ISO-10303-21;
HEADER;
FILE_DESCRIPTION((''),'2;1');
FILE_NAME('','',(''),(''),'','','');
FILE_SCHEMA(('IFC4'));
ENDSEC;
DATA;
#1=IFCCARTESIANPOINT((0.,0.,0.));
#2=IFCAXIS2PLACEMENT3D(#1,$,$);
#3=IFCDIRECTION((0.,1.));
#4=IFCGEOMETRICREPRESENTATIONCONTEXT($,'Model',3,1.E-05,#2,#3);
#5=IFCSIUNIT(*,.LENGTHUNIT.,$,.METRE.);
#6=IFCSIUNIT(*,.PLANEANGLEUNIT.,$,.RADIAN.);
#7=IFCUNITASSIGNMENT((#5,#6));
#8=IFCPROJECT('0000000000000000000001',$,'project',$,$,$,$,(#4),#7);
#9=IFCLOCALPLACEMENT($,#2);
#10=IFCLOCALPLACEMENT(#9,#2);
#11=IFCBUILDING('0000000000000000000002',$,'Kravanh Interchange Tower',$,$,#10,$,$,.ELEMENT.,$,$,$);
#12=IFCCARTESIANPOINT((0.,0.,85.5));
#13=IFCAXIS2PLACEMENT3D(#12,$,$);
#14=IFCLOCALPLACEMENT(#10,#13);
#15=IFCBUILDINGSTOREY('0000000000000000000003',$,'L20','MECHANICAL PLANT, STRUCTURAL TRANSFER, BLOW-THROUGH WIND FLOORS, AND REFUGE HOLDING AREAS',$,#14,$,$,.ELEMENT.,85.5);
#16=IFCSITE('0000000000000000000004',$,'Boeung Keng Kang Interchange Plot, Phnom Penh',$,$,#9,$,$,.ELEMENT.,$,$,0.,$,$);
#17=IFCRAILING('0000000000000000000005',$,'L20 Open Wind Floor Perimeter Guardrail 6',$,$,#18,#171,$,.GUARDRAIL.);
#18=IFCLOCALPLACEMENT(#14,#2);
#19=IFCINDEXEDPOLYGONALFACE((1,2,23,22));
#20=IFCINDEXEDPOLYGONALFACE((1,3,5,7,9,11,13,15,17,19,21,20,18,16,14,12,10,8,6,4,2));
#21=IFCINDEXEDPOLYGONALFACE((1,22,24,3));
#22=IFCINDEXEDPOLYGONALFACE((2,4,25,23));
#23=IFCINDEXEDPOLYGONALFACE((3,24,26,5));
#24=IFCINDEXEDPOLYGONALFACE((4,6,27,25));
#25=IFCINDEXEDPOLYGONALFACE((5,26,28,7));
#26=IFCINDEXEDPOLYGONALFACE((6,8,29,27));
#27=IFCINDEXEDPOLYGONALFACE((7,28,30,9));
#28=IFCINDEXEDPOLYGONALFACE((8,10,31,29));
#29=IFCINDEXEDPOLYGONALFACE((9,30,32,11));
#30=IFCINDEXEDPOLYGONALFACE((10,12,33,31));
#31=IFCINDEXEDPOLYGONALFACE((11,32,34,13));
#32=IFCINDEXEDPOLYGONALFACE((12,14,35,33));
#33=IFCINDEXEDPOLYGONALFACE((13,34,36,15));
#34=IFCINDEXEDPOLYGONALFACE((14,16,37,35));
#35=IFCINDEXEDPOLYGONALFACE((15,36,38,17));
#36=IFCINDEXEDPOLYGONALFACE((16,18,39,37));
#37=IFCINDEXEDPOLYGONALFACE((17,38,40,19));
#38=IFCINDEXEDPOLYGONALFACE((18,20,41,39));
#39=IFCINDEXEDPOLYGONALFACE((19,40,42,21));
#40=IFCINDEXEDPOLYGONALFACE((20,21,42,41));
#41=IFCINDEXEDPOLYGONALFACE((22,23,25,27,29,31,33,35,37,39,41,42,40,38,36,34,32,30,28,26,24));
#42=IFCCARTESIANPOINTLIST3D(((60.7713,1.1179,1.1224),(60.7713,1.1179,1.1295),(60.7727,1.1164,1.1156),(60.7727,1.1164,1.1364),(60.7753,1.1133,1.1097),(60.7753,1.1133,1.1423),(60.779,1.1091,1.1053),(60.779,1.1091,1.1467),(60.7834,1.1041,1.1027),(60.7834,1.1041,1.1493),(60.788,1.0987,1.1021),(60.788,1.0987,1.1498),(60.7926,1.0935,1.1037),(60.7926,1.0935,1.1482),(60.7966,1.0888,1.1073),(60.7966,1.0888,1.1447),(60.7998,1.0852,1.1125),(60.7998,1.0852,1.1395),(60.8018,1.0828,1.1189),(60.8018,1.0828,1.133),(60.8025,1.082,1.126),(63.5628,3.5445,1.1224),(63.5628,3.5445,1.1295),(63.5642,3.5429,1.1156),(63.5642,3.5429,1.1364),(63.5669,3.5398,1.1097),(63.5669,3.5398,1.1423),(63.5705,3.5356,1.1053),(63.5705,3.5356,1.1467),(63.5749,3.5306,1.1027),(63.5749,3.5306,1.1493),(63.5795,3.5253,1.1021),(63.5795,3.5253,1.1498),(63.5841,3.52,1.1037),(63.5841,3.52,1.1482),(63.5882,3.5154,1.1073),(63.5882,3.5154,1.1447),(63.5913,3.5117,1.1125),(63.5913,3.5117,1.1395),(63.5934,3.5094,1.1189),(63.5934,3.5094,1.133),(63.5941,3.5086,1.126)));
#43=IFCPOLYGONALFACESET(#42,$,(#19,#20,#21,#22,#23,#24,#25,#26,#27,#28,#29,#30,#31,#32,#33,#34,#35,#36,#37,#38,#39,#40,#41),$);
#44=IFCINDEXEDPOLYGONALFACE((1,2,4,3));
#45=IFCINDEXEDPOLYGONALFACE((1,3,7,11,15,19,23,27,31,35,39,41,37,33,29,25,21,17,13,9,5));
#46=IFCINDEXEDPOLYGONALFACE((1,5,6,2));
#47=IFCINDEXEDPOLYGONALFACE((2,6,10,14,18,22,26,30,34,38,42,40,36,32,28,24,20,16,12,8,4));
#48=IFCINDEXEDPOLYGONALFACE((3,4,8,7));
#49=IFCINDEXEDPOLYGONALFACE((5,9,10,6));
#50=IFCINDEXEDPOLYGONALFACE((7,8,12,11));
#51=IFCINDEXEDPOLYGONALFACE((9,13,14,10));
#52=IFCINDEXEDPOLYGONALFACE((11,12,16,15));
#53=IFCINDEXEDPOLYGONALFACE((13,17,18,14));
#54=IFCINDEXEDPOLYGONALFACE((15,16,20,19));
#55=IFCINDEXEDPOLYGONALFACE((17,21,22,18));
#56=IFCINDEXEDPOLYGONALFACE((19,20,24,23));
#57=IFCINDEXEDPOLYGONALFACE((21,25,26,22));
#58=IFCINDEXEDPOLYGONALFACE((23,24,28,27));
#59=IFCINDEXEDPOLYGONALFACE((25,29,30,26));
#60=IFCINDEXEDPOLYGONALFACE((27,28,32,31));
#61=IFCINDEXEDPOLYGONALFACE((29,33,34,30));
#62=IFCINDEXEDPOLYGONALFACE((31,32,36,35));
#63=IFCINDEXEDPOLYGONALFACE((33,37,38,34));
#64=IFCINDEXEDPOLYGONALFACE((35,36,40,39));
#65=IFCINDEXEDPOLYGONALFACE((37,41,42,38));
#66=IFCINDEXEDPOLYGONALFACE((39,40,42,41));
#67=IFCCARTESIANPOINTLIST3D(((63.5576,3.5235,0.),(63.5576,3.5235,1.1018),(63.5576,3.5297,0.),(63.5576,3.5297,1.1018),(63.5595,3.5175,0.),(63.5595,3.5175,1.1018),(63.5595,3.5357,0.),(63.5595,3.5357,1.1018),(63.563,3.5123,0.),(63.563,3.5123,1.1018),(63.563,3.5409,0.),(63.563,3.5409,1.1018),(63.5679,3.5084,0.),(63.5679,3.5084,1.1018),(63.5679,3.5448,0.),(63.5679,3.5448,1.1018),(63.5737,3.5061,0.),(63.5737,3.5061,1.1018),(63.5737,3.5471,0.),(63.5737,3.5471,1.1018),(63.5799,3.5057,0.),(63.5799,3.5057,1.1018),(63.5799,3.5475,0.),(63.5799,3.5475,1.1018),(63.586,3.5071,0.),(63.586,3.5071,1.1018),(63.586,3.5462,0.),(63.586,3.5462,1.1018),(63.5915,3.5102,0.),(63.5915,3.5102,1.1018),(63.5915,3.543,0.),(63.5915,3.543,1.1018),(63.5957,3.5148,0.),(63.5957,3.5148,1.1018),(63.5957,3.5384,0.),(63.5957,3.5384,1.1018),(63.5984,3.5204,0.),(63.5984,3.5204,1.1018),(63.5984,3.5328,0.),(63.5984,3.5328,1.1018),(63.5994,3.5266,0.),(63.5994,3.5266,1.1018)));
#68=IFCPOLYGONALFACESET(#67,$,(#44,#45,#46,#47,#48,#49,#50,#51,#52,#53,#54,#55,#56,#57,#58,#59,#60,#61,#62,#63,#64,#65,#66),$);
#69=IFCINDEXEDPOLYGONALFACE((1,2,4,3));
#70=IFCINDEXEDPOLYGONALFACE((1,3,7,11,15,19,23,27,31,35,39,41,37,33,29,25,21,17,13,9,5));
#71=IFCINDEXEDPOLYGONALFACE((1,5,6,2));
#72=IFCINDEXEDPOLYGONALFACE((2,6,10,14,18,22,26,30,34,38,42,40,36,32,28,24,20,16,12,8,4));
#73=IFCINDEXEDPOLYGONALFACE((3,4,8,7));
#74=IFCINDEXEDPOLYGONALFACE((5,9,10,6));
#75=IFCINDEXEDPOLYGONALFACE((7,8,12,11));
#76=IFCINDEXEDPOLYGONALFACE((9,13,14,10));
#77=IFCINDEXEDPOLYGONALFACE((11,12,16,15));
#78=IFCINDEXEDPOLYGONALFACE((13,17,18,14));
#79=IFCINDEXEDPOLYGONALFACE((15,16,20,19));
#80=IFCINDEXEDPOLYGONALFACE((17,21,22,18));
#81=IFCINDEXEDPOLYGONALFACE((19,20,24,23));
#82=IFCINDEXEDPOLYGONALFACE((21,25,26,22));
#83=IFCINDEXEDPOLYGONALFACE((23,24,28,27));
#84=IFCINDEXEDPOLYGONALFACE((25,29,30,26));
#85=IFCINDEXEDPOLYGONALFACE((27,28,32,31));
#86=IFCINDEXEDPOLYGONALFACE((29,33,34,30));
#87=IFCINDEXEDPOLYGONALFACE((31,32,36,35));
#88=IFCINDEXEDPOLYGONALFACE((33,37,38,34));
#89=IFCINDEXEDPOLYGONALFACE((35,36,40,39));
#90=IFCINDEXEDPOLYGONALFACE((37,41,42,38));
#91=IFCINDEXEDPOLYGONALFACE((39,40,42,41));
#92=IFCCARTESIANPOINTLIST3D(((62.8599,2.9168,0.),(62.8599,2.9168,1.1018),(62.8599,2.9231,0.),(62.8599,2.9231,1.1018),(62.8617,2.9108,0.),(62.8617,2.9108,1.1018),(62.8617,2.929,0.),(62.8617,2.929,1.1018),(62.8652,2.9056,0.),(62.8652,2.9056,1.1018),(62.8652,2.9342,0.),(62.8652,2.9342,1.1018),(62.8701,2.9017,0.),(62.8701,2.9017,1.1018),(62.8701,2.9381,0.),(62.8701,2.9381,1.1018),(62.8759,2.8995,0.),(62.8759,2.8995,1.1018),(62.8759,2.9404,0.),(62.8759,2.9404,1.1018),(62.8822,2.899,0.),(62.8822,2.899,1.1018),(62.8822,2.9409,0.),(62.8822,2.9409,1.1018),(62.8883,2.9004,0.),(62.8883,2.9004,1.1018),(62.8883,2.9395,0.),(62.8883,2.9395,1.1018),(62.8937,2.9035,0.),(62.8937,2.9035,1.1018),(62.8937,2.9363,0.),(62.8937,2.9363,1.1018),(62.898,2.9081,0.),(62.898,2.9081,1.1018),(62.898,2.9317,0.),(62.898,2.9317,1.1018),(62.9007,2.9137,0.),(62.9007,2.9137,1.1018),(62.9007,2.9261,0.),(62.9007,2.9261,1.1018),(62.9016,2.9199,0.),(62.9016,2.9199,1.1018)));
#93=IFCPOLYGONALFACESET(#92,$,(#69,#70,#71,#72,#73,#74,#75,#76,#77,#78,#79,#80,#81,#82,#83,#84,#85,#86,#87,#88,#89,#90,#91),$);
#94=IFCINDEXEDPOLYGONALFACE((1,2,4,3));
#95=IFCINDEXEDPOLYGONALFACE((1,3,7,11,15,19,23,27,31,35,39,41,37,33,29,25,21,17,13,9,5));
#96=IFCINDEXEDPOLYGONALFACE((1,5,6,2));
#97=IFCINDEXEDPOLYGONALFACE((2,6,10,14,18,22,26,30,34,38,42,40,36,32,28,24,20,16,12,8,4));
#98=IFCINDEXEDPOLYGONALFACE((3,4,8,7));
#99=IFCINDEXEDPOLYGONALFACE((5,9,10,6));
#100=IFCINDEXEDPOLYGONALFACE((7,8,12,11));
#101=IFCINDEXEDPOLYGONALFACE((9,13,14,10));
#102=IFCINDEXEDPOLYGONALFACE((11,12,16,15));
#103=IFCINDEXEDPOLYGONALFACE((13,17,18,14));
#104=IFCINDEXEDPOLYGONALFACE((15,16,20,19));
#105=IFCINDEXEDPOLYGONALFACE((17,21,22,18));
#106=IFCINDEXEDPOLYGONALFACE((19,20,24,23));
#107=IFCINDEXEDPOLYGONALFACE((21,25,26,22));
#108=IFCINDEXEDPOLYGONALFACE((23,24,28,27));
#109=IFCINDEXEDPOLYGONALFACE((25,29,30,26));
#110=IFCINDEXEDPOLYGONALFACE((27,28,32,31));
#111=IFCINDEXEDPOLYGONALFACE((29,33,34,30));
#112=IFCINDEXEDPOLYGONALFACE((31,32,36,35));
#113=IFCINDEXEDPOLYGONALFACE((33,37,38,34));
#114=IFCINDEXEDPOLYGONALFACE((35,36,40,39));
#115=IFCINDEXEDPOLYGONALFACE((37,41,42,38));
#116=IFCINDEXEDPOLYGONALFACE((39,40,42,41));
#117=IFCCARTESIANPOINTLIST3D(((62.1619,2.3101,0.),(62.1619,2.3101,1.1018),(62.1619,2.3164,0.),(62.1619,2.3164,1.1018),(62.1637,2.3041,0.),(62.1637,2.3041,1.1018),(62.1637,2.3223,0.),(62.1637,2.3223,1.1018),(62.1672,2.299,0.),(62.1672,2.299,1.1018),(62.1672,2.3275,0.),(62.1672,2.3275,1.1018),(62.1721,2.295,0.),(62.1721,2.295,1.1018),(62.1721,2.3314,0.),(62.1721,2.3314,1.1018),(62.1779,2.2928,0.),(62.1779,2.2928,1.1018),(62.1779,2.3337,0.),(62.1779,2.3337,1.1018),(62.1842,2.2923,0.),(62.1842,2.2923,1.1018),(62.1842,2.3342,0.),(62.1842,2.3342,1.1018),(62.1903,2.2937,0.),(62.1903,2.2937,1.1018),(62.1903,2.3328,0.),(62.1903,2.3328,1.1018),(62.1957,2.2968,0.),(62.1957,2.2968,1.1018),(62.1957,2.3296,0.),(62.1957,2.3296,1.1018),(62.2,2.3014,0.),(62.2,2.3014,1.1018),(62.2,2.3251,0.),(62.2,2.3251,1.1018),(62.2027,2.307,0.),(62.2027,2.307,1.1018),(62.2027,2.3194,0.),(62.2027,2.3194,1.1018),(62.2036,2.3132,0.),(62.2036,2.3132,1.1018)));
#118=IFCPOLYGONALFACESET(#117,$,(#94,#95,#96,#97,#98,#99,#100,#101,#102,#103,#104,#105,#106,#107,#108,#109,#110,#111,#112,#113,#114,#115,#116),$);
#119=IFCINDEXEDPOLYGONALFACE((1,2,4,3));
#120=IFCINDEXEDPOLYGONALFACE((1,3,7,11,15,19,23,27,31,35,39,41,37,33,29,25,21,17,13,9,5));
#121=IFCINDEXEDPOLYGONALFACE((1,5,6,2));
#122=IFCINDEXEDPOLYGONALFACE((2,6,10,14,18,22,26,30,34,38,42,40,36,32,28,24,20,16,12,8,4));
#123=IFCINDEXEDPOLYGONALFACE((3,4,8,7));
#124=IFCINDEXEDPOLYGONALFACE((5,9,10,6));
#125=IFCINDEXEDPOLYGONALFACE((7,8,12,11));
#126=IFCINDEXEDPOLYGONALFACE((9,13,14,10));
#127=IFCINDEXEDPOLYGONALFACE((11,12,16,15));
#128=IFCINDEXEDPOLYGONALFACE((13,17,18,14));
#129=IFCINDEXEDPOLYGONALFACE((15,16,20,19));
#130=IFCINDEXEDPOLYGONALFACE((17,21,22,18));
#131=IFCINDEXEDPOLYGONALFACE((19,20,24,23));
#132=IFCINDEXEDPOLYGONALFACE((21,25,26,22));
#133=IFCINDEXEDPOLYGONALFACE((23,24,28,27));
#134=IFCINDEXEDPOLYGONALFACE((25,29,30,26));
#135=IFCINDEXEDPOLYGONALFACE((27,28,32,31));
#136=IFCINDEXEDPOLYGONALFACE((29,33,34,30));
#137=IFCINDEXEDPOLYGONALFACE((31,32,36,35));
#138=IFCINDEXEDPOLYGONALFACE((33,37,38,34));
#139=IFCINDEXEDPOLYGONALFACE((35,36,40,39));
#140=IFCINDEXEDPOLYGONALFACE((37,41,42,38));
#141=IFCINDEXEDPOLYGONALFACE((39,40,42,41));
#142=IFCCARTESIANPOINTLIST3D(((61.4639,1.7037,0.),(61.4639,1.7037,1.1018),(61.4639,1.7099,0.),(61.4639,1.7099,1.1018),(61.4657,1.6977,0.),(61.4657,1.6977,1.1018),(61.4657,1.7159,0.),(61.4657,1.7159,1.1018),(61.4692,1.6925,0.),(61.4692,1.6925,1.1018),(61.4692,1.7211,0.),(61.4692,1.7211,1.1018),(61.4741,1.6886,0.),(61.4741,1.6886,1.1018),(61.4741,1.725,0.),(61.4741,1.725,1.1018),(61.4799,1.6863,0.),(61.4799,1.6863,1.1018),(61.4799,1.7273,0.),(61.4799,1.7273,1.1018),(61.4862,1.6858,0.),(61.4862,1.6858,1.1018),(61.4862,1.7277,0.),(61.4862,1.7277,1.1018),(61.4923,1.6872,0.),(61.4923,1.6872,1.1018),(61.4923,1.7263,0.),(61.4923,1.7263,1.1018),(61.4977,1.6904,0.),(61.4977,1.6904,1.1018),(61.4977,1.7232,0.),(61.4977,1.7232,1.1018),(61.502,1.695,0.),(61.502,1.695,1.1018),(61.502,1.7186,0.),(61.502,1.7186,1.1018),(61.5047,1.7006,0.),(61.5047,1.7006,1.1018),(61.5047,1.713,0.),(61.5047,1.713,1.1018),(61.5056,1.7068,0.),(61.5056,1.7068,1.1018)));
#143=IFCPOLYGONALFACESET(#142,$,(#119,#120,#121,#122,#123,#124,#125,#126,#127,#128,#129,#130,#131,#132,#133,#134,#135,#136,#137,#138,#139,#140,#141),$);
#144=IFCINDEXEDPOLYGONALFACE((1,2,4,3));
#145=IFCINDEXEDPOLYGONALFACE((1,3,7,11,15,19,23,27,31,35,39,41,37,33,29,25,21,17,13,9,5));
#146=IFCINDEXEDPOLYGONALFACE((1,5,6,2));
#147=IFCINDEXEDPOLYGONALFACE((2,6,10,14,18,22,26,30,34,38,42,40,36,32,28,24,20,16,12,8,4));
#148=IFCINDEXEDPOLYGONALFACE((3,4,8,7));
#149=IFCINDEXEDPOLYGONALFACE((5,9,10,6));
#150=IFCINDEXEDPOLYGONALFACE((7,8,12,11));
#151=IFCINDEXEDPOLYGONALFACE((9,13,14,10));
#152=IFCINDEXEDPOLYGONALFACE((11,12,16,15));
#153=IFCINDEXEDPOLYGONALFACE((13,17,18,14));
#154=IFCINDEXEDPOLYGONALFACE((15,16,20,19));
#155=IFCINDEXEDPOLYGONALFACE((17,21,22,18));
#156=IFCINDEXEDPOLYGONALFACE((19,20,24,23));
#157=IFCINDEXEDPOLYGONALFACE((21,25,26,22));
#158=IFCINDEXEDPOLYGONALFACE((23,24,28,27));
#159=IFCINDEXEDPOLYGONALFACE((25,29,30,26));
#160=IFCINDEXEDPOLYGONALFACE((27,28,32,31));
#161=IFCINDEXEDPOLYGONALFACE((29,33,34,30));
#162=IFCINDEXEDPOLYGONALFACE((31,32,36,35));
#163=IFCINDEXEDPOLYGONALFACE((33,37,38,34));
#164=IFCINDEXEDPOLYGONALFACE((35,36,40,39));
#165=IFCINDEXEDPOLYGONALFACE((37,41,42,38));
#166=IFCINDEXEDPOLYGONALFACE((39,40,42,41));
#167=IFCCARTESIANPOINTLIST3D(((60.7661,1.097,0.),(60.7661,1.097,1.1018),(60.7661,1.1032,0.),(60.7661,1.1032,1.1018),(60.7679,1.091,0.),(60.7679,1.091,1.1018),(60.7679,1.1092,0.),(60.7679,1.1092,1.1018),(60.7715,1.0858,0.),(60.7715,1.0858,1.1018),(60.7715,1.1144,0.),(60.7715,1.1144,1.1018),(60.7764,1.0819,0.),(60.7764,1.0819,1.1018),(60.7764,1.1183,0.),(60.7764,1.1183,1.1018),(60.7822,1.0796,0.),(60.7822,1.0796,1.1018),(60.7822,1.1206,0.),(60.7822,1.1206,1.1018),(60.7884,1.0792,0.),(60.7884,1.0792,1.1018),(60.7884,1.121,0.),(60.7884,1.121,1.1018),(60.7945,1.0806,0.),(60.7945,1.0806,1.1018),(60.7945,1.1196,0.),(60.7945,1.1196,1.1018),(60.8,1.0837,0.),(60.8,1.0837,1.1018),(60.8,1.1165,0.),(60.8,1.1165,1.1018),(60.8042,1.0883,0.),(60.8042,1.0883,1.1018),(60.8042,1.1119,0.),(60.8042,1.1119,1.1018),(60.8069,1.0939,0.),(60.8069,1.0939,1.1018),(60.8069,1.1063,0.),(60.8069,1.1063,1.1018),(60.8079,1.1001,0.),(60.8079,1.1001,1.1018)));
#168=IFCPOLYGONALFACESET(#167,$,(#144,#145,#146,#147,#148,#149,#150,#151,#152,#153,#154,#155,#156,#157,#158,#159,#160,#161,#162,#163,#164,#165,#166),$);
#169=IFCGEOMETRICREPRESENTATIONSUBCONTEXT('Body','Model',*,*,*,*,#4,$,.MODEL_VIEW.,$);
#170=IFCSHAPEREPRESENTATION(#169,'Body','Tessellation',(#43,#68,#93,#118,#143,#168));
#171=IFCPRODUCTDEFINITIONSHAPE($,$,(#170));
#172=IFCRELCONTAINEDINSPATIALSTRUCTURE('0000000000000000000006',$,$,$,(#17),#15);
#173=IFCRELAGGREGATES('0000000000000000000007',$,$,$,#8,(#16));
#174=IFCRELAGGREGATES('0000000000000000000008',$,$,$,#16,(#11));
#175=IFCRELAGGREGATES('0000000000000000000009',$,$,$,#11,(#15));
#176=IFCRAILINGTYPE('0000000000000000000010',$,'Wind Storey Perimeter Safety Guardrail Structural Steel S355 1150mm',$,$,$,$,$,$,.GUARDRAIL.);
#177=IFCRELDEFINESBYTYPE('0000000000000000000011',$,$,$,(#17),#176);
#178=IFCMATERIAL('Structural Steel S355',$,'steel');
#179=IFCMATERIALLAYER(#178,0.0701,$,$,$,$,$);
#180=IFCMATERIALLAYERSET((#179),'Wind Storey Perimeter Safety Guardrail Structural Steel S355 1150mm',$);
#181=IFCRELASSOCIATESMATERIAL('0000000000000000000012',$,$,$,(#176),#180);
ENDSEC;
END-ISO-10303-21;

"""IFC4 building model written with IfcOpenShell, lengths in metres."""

from ifc_helpers import new_model, si_unit, direction, frame, origin, origin_2d, place, context, subcontext, project, spatial, circle, extrude, material, layer, layer_set, type_object, element, save


model = new_model("IFC4")

# Units and contexts
model_context = context("Model", 3, precision=1e-05, world=origin(), true_north=direction((0.0, 1.0)))
body_context = subcontext(model_context, "Body", "Model", "MODEL_VIEW")
ifc_project = project(units=[si_unit("LENGTHUNIT", "METRE"), si_unit("PLANEANGLEUNIT", "RADIAN")], contexts=[model_context])

# Site, building, storey
site_placement = place(None, origin())
site = spatial("IfcSite", under=ifc_project, at=site_placement, Name="Boeung Keng Kang Interchange Plot, Phnom Penh", CompositionType="ELEMENT", RefElevation=0.0)
building_placement = place(site_placement, origin())
building = spatial("IfcBuilding", under=site, at=building_placement, Name="Kravanh Interchange Tower", CompositionType="ELEMENT")
storey_placement = place(building_placement, frame((0.0, 0.0, 85.5)))
storey = spatial("IfcBuildingStorey", under=building, at=storey_placement, Name="L20", Description="MECHANICAL PLANT, STRUCTURAL TRANSFER, BLOW-THROUGH WIND FLOORS, AND REFUGE HOLDING AREAS", CompositionType="ELEMENT", Elevation=85.5)

# Railing
ifc_material_1 = material(Name="Structural Steel S355", Category="steel")
ifc_layer_1 = layer(ifc_material_1, 0.0701)
ifc_layer_set_1 = layer_set([ifc_layer_1], Name="Wind Storey Perimeter Safety Guardrail Structural Steel S355 1150mm")
railing_type = type_object("IfcRailingType", Name="Wind Storey Perimeter Safety Guardrail Structural Steel S355 1150mm", PredefinedType="GUARDRAIL", material=ifc_layer_set_1)
railing_1_placement = place(storey_placement, frame((63.5784, 3.5266, 0.0)))
element("IfcRailing", 1, at=railing_1_placement, inside=storey, type_object=railing_type, Name="L20 Open Wind Floor Perimeter Guardrail 6", PredefinedType="GUARDRAIL", context=body_context, shape_type="SweptSolid", body=[
    extrude(circle(Radius=0.0239, at=origin_2d()), frame((0.0, 0.0, 1.126), z_axis=(-0.754723, -0.656043, 0.0), x_axis=(0.656043, -0.754723, 0.0)), (0.0, 0.0, 1.0), 3.6987),
    extrude(circle(Radius=0.021, at=origin_2d()), origin(), (0.0, 0.0, 1.0), 1.1018),
    extrude(circle(Radius=0.021, at=origin_2d()), frame((-0.6978, -0.6067, 0.0)), (0.0, 0.0, 1.0), 1.1018),
    extrude(circle(Radius=0.021, at=origin_2d()), frame((-1.3958, -1.2134, 0.0)), (0.0, 0.0, 1.0), 1.1018),
    extrude(circle(Radius=0.021, at=origin_2d()), frame((-2.0938, -1.8198, 0.0)), (0.0, 0.0, 1.0), 1.1018),
    extrude(circle(Radius=0.021, at=origin_2d()), frame((-2.7915, -2.4265, 0.0)), (0.0, 0.0, 1.0), 1.1018),
])

save(model, "model.ifc")
